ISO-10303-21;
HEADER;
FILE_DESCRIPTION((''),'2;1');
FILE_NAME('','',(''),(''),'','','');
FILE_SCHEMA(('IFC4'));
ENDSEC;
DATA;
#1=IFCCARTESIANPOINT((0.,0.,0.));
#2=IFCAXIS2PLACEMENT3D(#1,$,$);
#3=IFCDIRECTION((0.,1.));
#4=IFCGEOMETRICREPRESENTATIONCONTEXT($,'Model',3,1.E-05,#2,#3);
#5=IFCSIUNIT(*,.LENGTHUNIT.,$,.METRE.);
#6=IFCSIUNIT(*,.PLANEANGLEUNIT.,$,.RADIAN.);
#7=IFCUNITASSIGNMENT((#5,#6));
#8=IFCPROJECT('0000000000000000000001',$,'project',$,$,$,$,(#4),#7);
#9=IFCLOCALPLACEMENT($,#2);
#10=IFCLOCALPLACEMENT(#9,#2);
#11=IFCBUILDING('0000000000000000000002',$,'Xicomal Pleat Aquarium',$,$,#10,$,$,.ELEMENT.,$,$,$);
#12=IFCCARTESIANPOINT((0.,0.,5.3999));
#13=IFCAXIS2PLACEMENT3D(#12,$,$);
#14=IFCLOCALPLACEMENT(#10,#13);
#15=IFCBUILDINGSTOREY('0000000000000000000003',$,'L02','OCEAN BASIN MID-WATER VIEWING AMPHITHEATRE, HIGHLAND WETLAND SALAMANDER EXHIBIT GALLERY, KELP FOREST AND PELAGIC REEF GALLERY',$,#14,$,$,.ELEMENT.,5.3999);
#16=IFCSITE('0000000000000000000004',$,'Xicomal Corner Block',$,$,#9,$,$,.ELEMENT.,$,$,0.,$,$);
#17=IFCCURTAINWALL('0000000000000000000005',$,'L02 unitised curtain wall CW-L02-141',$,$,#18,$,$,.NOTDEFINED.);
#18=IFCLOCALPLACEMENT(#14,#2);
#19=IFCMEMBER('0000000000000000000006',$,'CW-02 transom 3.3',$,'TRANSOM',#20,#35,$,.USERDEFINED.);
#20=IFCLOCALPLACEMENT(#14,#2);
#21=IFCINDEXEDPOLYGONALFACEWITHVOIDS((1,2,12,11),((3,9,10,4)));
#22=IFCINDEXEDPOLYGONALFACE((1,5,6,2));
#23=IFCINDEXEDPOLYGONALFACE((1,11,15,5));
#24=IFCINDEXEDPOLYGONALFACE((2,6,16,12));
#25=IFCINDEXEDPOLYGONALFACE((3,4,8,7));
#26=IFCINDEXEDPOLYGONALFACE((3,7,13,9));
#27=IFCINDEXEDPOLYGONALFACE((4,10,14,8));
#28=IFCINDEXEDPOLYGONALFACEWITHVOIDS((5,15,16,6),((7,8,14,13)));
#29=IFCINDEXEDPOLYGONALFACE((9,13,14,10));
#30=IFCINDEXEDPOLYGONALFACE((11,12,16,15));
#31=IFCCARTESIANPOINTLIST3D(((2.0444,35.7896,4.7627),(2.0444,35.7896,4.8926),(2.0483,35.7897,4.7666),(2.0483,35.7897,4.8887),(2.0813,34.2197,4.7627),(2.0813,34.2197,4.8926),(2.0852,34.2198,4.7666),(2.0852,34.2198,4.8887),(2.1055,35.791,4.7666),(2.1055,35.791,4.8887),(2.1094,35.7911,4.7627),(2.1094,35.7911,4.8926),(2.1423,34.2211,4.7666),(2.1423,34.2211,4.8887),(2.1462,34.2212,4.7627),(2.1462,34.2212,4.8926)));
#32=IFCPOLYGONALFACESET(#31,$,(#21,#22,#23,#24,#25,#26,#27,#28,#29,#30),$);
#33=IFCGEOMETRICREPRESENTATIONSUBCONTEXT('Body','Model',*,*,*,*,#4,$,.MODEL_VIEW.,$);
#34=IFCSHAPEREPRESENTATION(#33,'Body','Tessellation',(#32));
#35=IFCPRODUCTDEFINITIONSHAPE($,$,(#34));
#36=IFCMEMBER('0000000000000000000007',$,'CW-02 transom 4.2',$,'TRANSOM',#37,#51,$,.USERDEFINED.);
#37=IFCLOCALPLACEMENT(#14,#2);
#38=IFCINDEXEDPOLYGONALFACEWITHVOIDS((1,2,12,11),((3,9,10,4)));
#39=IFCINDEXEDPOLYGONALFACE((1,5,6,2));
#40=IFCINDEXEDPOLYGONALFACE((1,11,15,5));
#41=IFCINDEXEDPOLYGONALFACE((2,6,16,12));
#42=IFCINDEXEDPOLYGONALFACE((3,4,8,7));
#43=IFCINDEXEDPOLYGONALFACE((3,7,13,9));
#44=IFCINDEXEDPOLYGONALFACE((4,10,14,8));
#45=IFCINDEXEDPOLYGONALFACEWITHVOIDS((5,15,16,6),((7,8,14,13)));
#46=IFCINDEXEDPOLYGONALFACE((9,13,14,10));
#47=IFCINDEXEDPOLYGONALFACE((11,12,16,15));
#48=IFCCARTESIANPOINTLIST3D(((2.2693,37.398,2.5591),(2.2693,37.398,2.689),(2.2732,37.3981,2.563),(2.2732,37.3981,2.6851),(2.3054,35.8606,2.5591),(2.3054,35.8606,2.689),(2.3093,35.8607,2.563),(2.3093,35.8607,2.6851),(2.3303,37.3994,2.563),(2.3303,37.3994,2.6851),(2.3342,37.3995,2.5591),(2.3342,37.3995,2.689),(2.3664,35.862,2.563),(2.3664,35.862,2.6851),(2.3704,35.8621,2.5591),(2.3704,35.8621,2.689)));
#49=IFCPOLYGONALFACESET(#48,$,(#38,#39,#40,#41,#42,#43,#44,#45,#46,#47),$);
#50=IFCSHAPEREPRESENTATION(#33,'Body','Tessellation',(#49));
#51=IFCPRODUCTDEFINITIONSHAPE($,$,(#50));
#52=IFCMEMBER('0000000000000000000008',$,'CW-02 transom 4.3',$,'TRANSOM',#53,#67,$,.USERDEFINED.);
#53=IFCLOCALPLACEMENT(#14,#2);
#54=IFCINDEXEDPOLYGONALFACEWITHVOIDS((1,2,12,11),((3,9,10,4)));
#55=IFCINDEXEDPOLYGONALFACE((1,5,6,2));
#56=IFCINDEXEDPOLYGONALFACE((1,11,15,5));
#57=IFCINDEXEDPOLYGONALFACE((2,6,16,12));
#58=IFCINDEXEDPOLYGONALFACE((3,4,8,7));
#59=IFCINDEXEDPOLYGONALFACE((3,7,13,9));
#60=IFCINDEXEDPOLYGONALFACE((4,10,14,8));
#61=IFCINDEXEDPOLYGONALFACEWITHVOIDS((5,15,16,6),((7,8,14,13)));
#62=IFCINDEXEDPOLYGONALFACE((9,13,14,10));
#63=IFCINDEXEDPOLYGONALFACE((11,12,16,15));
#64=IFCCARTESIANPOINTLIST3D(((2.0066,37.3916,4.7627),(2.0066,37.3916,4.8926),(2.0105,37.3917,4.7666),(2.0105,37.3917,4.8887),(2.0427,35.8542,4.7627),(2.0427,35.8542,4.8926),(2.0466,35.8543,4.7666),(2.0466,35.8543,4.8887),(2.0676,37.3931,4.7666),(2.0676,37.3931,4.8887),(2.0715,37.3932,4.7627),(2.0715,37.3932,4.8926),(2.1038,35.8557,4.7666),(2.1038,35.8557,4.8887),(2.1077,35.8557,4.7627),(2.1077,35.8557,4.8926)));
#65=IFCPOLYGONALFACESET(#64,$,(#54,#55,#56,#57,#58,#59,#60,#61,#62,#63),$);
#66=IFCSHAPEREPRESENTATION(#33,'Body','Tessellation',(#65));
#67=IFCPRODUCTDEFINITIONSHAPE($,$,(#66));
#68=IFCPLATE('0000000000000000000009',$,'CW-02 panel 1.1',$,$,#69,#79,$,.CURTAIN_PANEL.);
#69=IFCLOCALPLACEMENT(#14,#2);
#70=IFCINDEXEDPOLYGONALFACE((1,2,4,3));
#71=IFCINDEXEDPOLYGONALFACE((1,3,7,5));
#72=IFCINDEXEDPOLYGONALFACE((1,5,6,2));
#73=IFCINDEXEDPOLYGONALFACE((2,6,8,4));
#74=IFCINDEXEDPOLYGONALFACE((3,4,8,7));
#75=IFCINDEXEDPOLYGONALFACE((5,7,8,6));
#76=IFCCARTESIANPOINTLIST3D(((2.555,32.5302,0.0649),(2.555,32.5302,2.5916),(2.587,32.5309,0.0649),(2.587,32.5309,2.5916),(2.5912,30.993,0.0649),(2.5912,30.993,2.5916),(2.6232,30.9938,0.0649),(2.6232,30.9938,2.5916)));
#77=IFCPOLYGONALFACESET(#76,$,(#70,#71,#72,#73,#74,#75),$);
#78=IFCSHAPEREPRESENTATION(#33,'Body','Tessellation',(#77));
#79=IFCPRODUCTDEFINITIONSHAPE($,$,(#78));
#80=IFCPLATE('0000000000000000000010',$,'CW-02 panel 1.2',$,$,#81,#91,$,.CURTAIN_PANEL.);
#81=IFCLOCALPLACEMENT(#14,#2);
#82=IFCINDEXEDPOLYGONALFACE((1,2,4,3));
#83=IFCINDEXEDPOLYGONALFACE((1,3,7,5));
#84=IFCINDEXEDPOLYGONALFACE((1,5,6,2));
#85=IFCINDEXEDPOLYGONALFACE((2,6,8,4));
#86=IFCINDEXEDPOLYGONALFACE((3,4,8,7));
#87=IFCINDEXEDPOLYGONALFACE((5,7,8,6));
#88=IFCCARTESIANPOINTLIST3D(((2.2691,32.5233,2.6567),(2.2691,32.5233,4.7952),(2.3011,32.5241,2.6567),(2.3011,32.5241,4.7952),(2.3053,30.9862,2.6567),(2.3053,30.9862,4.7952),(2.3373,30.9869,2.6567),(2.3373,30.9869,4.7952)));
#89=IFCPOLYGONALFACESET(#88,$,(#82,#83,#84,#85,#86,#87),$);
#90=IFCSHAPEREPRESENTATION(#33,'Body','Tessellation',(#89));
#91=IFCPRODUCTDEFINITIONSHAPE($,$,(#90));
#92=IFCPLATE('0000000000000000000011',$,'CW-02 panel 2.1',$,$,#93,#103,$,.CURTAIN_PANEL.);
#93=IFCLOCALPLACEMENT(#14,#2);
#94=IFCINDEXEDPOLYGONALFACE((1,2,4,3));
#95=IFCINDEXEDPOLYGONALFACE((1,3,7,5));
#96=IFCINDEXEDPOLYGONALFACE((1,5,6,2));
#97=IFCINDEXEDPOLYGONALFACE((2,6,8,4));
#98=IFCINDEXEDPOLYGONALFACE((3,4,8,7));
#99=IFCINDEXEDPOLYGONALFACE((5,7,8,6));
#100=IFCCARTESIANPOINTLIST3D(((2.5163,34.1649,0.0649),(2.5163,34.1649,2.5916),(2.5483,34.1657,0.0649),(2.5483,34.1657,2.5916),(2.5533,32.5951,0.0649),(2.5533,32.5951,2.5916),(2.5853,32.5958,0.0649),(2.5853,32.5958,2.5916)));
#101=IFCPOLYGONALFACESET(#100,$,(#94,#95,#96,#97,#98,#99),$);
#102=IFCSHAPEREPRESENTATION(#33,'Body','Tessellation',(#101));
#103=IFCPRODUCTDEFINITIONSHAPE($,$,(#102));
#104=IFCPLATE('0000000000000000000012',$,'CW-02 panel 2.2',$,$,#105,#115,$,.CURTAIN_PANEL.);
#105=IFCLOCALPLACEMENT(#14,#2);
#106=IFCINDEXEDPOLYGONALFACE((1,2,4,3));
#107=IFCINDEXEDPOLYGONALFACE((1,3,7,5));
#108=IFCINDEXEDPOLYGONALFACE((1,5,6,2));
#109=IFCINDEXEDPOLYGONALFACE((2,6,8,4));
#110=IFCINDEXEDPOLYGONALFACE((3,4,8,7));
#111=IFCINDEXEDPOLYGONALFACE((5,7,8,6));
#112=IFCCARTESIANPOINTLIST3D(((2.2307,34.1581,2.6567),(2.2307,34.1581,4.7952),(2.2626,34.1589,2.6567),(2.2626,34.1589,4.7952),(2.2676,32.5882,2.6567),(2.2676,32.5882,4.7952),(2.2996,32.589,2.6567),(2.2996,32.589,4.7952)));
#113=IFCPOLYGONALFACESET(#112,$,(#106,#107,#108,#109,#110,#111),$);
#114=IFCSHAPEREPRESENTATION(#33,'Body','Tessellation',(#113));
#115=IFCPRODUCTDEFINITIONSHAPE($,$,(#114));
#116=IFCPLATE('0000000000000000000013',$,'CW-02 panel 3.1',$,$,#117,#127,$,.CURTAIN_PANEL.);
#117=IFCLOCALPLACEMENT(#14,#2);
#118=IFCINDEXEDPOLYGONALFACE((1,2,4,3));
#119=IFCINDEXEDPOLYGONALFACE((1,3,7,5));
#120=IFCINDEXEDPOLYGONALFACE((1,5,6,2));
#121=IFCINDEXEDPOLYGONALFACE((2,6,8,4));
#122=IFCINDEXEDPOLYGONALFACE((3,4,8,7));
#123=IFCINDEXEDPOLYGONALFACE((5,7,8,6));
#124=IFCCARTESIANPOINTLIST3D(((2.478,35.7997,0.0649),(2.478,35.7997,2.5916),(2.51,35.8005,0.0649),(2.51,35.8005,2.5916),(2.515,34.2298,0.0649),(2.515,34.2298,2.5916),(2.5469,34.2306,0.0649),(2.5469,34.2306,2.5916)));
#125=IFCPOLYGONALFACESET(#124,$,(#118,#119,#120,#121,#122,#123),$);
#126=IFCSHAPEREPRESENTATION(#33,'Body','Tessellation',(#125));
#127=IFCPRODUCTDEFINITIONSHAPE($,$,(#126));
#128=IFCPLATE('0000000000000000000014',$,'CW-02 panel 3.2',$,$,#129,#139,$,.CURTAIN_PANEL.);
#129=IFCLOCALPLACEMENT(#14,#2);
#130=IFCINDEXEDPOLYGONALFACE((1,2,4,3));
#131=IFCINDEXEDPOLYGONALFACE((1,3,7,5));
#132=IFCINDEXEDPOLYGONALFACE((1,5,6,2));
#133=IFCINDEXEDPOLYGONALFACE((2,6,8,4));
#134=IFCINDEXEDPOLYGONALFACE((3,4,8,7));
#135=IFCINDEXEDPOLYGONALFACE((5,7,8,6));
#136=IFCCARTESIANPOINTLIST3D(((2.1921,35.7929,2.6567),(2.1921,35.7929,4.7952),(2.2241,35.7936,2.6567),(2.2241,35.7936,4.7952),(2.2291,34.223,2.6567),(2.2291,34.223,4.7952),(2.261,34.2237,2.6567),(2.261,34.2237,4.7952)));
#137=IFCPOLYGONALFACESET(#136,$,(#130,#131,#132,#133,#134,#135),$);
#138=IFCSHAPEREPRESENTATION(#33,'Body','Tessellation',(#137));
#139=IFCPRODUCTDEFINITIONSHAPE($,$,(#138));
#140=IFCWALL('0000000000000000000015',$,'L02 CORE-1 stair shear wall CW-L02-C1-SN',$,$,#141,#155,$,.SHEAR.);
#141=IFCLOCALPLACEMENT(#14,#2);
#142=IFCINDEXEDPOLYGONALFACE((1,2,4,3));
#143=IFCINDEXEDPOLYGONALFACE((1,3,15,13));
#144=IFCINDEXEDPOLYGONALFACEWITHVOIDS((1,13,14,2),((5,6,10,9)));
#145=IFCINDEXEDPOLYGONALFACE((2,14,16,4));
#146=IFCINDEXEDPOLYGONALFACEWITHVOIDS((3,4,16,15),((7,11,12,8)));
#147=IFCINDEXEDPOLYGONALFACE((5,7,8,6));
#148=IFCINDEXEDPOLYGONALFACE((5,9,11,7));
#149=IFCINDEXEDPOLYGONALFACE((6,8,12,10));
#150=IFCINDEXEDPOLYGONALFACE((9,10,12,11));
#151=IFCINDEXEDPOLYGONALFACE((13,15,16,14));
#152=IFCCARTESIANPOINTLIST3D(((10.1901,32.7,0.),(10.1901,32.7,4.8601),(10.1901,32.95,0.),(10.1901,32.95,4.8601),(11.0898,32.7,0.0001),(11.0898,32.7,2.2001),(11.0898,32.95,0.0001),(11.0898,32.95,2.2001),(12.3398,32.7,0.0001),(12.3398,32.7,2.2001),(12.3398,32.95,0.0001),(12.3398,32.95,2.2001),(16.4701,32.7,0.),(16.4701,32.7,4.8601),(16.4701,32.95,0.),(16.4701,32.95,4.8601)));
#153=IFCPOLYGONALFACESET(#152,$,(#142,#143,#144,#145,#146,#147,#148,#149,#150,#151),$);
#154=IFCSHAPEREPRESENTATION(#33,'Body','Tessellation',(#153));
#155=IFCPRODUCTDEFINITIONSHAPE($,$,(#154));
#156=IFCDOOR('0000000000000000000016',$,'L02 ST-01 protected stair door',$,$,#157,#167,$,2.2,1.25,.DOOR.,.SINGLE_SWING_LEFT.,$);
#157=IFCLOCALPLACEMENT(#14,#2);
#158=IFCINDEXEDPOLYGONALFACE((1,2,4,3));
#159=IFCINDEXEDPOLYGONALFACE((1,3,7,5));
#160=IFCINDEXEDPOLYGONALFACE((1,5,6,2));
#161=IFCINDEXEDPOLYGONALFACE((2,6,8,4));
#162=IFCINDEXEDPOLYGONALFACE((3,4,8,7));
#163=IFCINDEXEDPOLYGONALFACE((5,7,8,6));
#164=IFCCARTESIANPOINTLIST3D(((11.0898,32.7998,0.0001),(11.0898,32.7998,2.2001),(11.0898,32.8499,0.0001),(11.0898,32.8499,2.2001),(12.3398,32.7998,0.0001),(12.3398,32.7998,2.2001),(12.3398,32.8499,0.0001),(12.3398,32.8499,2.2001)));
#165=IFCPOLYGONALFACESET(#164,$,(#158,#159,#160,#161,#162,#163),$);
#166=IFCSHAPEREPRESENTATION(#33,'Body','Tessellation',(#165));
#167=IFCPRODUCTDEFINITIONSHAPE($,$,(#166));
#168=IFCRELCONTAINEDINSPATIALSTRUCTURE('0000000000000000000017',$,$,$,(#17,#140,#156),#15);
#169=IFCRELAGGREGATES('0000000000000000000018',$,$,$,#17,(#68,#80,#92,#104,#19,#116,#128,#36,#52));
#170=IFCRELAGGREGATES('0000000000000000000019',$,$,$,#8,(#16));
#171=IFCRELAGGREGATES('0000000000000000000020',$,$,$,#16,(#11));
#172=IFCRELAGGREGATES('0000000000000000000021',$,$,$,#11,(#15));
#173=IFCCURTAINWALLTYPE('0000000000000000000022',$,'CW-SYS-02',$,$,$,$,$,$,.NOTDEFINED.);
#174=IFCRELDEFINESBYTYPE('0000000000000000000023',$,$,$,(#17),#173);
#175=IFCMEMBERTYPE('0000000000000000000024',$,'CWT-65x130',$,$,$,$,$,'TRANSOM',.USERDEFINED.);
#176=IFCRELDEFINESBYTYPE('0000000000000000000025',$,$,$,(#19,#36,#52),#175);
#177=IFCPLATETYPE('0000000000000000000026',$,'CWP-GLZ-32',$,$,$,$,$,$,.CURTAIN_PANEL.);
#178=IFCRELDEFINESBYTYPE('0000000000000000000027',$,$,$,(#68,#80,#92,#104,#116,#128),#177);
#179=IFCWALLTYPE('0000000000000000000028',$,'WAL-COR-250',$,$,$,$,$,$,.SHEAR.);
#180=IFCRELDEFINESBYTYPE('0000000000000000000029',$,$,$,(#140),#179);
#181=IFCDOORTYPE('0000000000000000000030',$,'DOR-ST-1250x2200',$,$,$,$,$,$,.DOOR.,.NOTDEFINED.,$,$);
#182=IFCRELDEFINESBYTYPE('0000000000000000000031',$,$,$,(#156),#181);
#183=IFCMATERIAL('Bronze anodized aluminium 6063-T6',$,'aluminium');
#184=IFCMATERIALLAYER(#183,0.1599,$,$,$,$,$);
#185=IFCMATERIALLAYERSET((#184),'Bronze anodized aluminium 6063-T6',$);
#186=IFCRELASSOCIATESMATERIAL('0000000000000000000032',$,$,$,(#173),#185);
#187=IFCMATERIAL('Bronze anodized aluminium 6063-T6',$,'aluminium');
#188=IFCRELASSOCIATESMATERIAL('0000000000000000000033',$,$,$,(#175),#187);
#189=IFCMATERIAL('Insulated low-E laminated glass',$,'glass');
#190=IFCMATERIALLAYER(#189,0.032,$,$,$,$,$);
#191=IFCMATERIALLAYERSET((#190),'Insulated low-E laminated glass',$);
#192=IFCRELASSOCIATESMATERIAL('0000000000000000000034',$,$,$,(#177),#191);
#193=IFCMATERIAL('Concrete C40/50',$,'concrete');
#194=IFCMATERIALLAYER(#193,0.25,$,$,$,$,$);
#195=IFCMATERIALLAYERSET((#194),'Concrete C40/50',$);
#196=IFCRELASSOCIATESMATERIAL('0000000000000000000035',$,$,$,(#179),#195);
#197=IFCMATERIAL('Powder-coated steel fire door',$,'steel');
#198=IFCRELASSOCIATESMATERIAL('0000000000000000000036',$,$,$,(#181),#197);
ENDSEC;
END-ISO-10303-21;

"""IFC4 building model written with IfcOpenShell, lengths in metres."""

from ifc_helpers import new_model, si_unit, direction, frame, frame_2d, origin, origin_2d, place, context, subcontext, project, spatial, rectangle, hollow_rectangle, extrude, material, layer, layer_set, material_profile, profile_set, type_object, element, fill, aggregate, save


model = new_model("IFC4")

# Units and contexts
model_context = context("Model", 3, precision=1e-05, world=origin(), true_north=direction((0.0, 1.0)))
body_context = subcontext(model_context, "Body", "Model", "MODEL_VIEW")
ifc_project = project(units=[si_unit("LENGTHUNIT", "METRE"), si_unit("PLANEANGLEUNIT", "RADIAN")], contexts=[model_context])

# Site, building, storey
site_placement = place(None, origin())
site = spatial("IfcSite", under=ifc_project, at=site_placement, Name="Xicomal Corner Block", CompositionType="ELEMENT", RefElevation=0.0)
building_placement = place(site_placement, origin())
building = spatial("IfcBuilding", under=site, at=building_placement, Name="Xicomal Pleat Aquarium", CompositionType="ELEMENT")
storey_placement = place(building_placement, frame((0.0, 0.0, 5.3999)))
storey = spatial("IfcBuildingStorey", under=building, at=storey_placement, Name="L02", Description="OCEAN BASIN MID-WATER VIEWING AMPHITHEATRE, HIGHLAND WETLAND SALAMANDER EXHIBIT GALLERY, KELP FOREST AND PELAGIC REEF GALLERY", CompositionType="ELEMENT", Elevation=5.3999)

# Curtain wall, members, plates
ifc_material_1 = material(Name="Bronze anodized aluminium 6063-T6", Category="aluminium")
ifc_layer_1 = layer(ifc_material_1, 0.1599)
ifc_layer_set_1 = layer_set([ifc_layer_1], Name="Bronze anodized aluminium 6063-T6")
curtain_wall_type = type_object("IfcCurtainWallType", Name="CW-SYS-02", PredefinedType="NOTDEFINED", material=ifc_layer_set_1)
curtain_wall_placement = place(storey_placement, origin())
curtain_wall = element("IfcCurtainWall", 1, at=curtain_wall_placement, inside=storey, type_object=curtain_wall_type, Name="L02 unitised curtain wall CW-L02-141", PredefinedType="NOTDEFINED")
ifc_material_2 = material(Name="Bronze anodized aluminium 6063-T6", Category="aluminium")
ifc_material_profile_1 = material_profile(ifc_material_2, hollow_rectangle(XDim=0.0649, YDim=0.1299, WallThickness=0.0039, at=origin_2d()), Name="ALU TRAN 65x130")
ifc_profile_set_1 = profile_set([ifc_material_profile_1], Name="Bronze anodized aluminium 6063-T6")
member_type_1 = type_object("IfcMemberType", Name="CWT-65x130", ElementType="TRANSOM", PredefinedType="USERDEFINED", material=ifc_profile_set_1)
member_1_placement = place(storey_placement, frame((2.1138, 34.2205, 4.8276), z_axis=(-0.023477, 0.999724, 0.0), x_axis=(-0.999724, -0.023477, 0.0)))
member_1 = element("IfcMember", 2, at=member_1_placement, type_object=member_type_1, Name="CW-02 transom 3.3", ObjectType="TRANSOM", PredefinedType="USERDEFINED", context=body_context, shape_type="SweptSolid", body=[
    extrude(hollow_rectangle(XDim=0.0649, YDim=0.1299, WallThickness=0.0039, at=origin_2d()), origin(), (0.0, 0.0, 1.0), 1.5703),
])
member_2_placement = place(storey_placement, frame((2.3379, 35.8613, 2.624), z_axis=(-0.023497, 0.999724, 0.0), x_axis=(-0.999724, -0.023497, 0.0)))
member_2 = element("IfcMember", 3, at=member_2_placement, type_object=member_type_1, Name="CW-02 transom 4.2", ObjectType="TRANSOM", PredefinedType="USERDEFINED", context=body_context, shape_type="SweptSolid", body=[
    extrude(hollow_rectangle(XDim=0.0649, YDim=0.1299, WallThickness=0.0039, at=origin_2d()), origin(), (0.0, 0.0, 1.0), 1.5378),
])
member_3_placement = place(storey_placement, frame((2.0752, 35.855, 4.8276), z_axis=(-0.023497, 0.999724, 0.0), x_axis=(-0.999724, -0.023497, 0.0)))
member_3 = element("IfcMember", 4, at=member_3_placement, type_object=member_type_1, Name="CW-02 transom 4.3", ObjectType="TRANSOM", PredefinedType="USERDEFINED", context=body_context, shape_type="SweptSolid", body=[
    extrude(hollow_rectangle(XDim=0.0649, YDim=0.1299, WallThickness=0.0039, at=origin_2d()), origin(), (0.0, 0.0, 1.0), 1.5378),
])
ifc_material_3 = material(Name="Insulated low-E laminated glass", Category="glass")
ifc_layer_2 = layer(ifc_material_3, 0.032)
ifc_layer_set_2 = layer_set([ifc_layer_2], Name="Insulated low-E laminated glass")
plate_type = type_object("IfcPlateType", Name="CWP-GLZ-32", PredefinedType="CURTAIN_PANEL", material=ifc_layer_set_2)
plate_1_placement = place(storey_placement, frame((2.5891, 31.762, 0.0649), z_axis=(0.0, 0.0, 1.0), x_axis=(-0.023544, 0.999723, 0.0)))
plate_1 = element("IfcPlate", 5, at=plate_1_placement, type_object=plate_type, Name="CW-02 panel 1.1", PredefinedType="CURTAIN_PANEL", context=body_context, shape_type="SweptSolid", body=[
    extrude(rectangle(XDim=1.5376, YDim=0.032, at=origin_2d()), origin(), (0.0, 0.0, 1.0), 2.5266),
])
plate_2_placement = place(storey_placement, frame((2.3032, 31.7551, 2.6567), z_axis=(0.0, 0.0, 1.0), x_axis=(-0.023544, 0.999723, 0.0)))
plate_2 = element("IfcPlate", 6, at=plate_2_placement, type_object=plate_type, Name="CW-02 panel 1.2", PredefinedType="CURTAIN_PANEL", context=body_context, shape_type="SweptSolid", body=[
    extrude(rectangle(XDim=1.5376, YDim=0.032, at=origin_2d()), origin(), (0.0, 0.0, 1.0), 2.1384),
])
plate_3_placement = place(storey_placement, frame((2.5508, 33.3804, 0.0649), z_axis=(0.0, 0.0, 1.0), x_axis=(-0.023544, 0.999723, 0.0)))
plate_3 = element("IfcPlate", 7, at=plate_3_placement, type_object=plate_type, Name="CW-02 panel 2.1", PredefinedType="CURTAIN_PANEL", context=body_context, shape_type="SweptSolid", body=[
    extrude(rectangle(XDim=1.5703, YDim=0.032, at=origin_2d()), origin(), (0.0, 0.0, 1.0), 2.5266),
])
plate_4_placement = place(storey_placement, frame((2.2651, 33.3735, 2.6567), z_axis=(0.0, 0.0, 1.0), x_axis=(-0.023544, 0.999723, 0.0)))
plate_4 = element("IfcPlate", 8, at=plate_4_placement, type_object=plate_type, Name="CW-02 panel 2.2", PredefinedType="CURTAIN_PANEL", context=body_context, shape_type="SweptSolid", body=[
    extrude(rectangle(XDim=1.5703, YDim=0.032, at=origin_2d()), origin(), (0.0, 0.0, 1.0), 2.1384),
])
plate_5_placement = place(storey_placement, frame((2.5125, 35.0151, 0.0649), z_axis=(0.0, 0.0, 1.0), x_axis=(-0.023544, 0.999723, 0.0)))
plate_5 = element("IfcPlate", 9, at=plate_5_placement, type_object=plate_type, Name="CW-02 panel 3.1", PredefinedType="CURTAIN_PANEL", context=body_context, shape_type="SweptSolid", body=[
    extrude(rectangle(XDim=1.5703, YDim=0.032, at=origin_2d()), origin(), (0.0, 0.0, 1.0), 2.5266),
])
plate_6_placement = place(storey_placement, frame((2.2266, 35.0083, 2.6567), z_axis=(0.0, 0.0, 1.0), x_axis=(-0.023544, 0.999723, 0.0)))
plate_6 = element("IfcPlate", 10, at=plate_6_placement, type_object=plate_type, Name="CW-02 panel 3.2", PredefinedType="CURTAIN_PANEL", context=body_context, shape_type="SweptSolid", body=[
    extrude(rectangle(XDim=1.5703, YDim=0.032, at=origin_2d()), origin(), (0.0, 0.0, 1.0), 2.1384),
])
aggregate(curtain_wall, [plate_1, plate_2, plate_3, plate_4, member_1, plate_5, plate_6, member_2, member_3])

# Wall, opening, door
ifc_material_4 = material(Name="Concrete C40/50", Category="concrete")
ifc_layer_3 = layer(ifc_material_4, 0.25)
ifc_layer_set_3 = layer_set([ifc_layer_3], Name="Concrete C40/50")
wall_type = type_object("IfcWallType", Name="WAL-COR-250", PredefinedType="SHEAR", material=ifc_layer_set_3)
wall_placement = place(storey_placement, frame((10.1899, 32.825, 0.0), z_axis=(0.0, 0.0, 1.0), x_axis=(1.0, 0.0, 0.0)))
wall = element("IfcWall", 11, at=wall_placement, inside=storey, type_object=wall_type, Name="L02 CORE-1 stair shear wall CW-L02-C1-SN", PredefinedType="SHEAR", context=body_context, shape_type="SweptSolid", body=[
    extrude(rectangle(XDim=6.28, YDim=0.25, at=frame_2d((3.1401, 0.0))), origin(), (0.0, 0.0, 1.0), 4.8601),
])
opening_placement = place(wall_placement, frame((0.8999, 0.0, 0.0)))
opening = element("IfcOpeningElement", 12, at=opening_placement, cuts=wall, PredefinedType="OPENING", context=body_context, shape_type="SweptSolid", body=[
    extrude(rectangle(XDim=1.25, YDim=2.2, at=frame_2d((0.625, 1.1001))), frame((0.0, 0.135, 0.0), z_axis=(0.0, -1.0, 0.0), x_axis=(1.0, 0.0, 0.0)), (0.0, 0.0, 1.0), 0.27),
])
ifc_material_5 = material(Name="Powder-coated steel fire door", Category="steel")
door_type = type_object("IfcDoorType", Name="DOR-ST-1250x2200", OperationType="NOTDEFINED", PredefinedType="DOOR", material=ifc_material_5)
door_placement = place(opening_placement, origin())
door = element("IfcDoor", 13, at=door_placement, inside=storey, type_object=door_type, Name="L02 ST-01 protected stair door", OperationType="SINGLE_SWING_LEFT", OverallHeight=2.2, OverallWidth=1.25, PredefinedType="DOOR", context=body_context, shape_type="SweptSolid", body=[
    extrude(rectangle(XDim=1.25, YDim=2.2, at=frame_2d((0.625, 1.1001))), frame((0.0, 0.0249, 0.0), z_axis=(0.0, -1.0, 0.0), x_axis=(1.0, 0.0, 0.0)), (0.0, 0.0, 1.0), 0.05),
])
fill(opening, door)

save(model, "model.ifc")
